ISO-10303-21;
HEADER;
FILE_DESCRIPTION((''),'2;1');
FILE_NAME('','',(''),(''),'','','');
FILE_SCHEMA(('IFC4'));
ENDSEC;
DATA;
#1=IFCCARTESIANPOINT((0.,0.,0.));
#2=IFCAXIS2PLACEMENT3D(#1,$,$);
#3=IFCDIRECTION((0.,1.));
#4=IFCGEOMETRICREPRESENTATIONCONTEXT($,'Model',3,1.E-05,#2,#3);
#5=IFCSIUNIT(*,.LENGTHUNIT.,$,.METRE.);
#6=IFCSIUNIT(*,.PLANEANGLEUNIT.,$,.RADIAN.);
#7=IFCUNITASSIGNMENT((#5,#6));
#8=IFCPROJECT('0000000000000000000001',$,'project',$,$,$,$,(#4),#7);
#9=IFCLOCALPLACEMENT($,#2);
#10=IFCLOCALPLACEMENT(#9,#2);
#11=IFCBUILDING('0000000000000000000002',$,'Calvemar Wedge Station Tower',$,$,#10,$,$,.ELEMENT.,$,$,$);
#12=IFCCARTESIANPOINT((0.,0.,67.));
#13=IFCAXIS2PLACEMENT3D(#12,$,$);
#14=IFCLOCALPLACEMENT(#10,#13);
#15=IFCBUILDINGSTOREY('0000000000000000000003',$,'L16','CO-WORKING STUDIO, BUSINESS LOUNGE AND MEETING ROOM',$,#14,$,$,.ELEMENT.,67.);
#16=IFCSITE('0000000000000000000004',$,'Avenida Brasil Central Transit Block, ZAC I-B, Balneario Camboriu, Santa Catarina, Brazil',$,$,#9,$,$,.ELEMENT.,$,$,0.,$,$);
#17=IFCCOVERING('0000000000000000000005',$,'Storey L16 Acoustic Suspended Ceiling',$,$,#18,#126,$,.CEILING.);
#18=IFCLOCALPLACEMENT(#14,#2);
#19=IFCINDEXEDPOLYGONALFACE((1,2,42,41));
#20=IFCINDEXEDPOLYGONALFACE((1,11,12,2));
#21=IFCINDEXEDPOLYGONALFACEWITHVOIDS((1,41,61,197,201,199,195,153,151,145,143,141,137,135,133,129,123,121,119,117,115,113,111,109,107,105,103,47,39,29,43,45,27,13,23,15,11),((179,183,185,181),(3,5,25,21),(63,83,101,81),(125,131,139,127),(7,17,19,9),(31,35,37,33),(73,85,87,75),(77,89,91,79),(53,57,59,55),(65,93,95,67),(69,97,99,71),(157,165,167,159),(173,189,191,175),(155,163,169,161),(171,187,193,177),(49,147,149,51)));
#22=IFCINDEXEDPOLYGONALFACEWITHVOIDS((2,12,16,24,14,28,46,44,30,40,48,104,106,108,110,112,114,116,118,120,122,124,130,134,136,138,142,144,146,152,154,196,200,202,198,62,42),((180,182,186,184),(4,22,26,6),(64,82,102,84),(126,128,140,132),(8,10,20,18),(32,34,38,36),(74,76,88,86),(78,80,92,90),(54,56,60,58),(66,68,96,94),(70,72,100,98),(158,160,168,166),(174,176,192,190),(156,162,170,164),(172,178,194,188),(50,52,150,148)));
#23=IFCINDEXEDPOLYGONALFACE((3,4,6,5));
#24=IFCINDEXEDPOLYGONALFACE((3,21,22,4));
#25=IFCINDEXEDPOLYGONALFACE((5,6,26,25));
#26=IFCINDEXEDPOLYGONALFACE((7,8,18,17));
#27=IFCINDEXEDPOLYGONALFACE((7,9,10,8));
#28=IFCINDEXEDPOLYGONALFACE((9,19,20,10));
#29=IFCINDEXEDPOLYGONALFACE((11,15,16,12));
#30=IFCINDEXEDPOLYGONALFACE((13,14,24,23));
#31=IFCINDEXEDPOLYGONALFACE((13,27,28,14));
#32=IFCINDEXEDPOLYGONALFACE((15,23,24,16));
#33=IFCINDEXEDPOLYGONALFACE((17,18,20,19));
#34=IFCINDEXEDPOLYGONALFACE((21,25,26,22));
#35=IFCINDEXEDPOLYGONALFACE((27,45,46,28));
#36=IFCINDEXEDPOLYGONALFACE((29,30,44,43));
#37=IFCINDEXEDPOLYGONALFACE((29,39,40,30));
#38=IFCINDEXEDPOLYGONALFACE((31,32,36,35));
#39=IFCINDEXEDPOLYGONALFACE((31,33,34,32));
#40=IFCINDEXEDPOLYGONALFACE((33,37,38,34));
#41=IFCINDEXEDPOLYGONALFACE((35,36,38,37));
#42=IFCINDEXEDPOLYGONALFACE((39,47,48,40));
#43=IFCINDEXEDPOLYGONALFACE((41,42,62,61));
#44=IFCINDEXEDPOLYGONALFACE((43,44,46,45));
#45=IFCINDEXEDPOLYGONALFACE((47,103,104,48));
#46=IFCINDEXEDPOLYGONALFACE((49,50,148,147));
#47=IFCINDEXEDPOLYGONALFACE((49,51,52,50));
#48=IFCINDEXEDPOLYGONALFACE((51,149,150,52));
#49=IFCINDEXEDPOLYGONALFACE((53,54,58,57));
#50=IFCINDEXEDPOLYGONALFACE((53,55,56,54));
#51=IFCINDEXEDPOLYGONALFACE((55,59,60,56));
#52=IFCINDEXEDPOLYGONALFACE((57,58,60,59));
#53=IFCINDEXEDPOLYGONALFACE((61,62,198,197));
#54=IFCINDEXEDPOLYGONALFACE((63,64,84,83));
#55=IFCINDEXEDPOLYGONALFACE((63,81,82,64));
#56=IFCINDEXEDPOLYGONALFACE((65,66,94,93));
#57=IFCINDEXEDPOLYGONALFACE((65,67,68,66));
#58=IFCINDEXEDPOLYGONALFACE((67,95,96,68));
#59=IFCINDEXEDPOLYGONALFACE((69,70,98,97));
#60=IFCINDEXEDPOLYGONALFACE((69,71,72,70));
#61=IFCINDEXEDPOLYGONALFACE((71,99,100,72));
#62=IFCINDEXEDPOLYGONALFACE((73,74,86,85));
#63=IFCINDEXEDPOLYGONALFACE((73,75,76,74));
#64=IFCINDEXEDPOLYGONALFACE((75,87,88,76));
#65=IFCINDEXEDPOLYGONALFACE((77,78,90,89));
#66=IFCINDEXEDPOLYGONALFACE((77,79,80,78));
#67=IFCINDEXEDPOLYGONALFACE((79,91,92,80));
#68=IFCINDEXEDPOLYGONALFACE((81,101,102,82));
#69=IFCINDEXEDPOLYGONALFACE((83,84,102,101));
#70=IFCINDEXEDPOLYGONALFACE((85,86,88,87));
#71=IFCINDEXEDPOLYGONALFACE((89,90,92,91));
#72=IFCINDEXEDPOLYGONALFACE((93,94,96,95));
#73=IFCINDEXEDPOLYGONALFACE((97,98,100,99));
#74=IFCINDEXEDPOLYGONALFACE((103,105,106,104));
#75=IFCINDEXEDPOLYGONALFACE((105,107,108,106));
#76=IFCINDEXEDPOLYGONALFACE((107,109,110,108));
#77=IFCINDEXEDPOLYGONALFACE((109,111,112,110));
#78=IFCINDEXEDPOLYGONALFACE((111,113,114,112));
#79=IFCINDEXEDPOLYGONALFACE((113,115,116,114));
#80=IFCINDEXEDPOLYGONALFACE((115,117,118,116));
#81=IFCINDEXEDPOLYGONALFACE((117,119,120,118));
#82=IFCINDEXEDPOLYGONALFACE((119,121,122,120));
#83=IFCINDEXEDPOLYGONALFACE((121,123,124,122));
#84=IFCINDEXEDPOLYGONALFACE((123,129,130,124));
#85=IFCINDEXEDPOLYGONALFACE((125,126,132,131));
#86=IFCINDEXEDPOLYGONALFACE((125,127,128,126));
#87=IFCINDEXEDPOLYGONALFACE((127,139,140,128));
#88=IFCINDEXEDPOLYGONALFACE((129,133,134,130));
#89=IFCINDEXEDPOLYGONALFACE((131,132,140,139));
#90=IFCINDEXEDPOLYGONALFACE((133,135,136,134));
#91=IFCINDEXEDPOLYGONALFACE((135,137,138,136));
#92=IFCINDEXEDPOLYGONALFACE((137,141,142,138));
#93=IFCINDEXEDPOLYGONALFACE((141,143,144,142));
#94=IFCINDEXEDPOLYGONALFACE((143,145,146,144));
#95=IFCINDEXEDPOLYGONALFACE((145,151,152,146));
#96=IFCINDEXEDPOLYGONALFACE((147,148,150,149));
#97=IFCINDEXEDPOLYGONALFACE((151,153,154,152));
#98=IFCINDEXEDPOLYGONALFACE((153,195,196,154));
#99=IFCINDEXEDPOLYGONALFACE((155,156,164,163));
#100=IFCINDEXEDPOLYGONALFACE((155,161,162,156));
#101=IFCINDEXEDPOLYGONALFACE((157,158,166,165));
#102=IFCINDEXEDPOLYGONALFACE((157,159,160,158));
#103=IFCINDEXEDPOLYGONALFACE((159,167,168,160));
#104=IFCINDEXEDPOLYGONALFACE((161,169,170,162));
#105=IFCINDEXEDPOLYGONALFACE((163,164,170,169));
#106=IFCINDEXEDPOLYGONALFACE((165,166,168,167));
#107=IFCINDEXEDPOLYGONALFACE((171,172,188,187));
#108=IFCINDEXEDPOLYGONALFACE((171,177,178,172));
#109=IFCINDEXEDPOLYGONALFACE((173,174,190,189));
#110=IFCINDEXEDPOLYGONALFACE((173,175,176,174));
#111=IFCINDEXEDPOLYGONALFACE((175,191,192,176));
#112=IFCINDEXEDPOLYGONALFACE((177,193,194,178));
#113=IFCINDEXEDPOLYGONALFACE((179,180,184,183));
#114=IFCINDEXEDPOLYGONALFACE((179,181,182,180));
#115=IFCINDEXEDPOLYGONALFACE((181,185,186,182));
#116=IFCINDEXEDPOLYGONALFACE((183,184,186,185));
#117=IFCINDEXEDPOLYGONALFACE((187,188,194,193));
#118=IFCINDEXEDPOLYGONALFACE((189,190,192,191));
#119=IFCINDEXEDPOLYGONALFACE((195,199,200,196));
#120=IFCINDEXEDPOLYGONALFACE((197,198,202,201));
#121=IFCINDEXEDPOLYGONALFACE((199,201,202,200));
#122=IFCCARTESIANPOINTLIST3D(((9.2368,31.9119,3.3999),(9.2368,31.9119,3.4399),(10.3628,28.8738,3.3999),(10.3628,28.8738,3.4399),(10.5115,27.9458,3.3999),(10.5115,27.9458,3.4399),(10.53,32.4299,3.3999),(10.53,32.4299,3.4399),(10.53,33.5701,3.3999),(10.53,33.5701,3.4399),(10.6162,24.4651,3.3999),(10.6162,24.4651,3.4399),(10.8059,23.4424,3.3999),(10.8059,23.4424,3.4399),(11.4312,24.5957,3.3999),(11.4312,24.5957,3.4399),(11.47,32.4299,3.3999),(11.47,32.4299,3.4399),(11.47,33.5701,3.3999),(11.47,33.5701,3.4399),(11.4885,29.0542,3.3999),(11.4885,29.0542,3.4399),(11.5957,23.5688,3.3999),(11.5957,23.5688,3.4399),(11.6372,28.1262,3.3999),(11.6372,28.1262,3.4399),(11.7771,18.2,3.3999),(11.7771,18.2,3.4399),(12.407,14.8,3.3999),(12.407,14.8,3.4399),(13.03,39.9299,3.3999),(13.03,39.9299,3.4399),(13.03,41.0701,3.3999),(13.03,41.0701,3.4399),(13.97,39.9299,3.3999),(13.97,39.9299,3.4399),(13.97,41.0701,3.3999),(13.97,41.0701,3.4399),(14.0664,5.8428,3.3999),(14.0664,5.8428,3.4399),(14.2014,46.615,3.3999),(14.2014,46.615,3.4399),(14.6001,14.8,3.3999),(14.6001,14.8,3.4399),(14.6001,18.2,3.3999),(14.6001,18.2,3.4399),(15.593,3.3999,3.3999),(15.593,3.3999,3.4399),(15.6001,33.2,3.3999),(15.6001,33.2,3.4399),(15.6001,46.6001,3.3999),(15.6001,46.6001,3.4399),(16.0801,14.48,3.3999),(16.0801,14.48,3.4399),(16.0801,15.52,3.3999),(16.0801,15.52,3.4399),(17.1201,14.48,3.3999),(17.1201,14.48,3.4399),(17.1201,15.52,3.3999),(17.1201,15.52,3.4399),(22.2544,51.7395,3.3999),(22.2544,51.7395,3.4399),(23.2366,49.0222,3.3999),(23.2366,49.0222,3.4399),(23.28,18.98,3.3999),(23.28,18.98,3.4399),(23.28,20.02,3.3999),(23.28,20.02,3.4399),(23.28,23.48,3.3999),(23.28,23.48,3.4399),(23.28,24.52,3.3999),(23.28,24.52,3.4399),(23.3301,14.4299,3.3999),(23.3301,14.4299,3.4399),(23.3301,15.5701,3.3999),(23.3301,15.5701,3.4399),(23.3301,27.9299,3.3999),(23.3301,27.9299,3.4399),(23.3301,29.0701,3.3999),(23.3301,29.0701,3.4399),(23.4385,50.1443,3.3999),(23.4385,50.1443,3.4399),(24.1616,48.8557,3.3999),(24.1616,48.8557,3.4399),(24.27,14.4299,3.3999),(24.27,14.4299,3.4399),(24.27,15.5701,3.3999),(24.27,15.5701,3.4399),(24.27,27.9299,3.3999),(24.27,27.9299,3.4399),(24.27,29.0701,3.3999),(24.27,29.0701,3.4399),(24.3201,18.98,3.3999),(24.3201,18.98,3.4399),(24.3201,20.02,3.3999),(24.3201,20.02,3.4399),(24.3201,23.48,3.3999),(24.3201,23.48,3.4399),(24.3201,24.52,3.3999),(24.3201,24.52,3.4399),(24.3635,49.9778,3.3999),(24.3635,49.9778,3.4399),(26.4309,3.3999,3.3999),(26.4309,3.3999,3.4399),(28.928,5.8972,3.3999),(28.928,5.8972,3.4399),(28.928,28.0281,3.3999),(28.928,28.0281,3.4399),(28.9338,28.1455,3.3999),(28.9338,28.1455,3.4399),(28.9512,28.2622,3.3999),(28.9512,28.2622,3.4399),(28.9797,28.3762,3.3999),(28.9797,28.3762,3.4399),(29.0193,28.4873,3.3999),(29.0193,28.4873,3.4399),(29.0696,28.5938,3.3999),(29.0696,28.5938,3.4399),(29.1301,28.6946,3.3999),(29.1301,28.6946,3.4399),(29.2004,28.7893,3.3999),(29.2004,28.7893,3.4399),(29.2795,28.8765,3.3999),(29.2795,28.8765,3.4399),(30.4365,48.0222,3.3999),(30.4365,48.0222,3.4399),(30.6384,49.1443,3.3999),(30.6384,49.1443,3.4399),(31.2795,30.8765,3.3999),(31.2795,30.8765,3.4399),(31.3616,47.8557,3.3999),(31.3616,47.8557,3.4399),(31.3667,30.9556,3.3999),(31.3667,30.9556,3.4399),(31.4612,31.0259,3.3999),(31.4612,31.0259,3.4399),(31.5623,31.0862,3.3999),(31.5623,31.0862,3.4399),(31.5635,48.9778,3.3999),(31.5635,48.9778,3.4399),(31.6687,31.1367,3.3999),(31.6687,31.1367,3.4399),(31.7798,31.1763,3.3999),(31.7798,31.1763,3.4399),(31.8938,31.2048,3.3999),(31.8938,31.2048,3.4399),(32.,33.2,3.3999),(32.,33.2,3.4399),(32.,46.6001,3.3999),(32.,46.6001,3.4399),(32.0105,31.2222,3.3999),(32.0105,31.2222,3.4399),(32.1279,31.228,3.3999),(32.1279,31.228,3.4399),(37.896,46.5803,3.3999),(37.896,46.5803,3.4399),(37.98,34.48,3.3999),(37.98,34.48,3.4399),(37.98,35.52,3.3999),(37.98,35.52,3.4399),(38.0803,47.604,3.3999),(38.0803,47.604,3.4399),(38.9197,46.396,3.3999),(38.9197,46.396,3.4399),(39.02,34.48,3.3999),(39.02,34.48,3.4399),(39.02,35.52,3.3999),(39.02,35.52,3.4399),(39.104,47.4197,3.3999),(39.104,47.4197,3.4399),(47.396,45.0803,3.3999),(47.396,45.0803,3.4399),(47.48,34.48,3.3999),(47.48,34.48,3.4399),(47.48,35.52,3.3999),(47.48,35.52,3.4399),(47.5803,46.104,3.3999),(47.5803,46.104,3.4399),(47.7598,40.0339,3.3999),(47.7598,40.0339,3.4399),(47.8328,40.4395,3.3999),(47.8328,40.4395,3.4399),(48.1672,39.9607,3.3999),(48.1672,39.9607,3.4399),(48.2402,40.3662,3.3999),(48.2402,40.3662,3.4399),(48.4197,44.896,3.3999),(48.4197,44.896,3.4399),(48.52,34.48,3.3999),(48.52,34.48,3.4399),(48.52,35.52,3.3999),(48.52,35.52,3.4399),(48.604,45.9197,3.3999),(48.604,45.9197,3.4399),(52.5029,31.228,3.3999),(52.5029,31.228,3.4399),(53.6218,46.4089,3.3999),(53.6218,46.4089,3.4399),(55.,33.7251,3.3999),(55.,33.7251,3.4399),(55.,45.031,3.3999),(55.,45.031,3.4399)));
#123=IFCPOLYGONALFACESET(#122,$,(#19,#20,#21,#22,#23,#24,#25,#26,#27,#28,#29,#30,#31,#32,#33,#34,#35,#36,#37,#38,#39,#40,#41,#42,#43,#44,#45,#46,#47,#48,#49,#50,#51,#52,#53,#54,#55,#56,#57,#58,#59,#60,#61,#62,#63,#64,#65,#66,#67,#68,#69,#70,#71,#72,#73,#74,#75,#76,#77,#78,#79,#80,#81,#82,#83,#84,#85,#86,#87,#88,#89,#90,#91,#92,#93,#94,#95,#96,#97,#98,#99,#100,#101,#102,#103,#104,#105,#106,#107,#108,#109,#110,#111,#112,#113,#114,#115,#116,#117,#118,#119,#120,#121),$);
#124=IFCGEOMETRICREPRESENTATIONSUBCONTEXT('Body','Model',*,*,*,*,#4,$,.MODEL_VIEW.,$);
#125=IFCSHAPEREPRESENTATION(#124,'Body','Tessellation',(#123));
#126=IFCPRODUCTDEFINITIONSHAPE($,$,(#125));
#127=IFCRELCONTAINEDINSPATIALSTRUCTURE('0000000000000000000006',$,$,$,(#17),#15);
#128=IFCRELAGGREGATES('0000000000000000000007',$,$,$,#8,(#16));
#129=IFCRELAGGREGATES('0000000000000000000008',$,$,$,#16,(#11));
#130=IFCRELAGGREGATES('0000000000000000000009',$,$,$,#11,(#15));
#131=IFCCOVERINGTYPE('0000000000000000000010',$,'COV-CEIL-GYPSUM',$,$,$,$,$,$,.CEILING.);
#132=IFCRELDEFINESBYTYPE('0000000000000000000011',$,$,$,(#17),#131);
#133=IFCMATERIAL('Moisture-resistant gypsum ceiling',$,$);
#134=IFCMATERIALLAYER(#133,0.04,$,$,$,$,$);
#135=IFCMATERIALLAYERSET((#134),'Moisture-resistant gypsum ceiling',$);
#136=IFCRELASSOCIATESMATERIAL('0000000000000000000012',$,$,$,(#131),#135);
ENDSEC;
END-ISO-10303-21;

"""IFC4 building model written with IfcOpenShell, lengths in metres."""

from ifc_helpers import new_model, si_unit, direction, frame, origin, place, context, subcontext, project, spatial, polyline, outline, extrude, material, layer, layer_set, type_object, element, save


model = new_model("IFC4")

# Units and contexts
model_context = context("Model", 3, precision=1e-05, world=origin(), true_north=direction((0.0, 1.0)))
body_context = subcontext(model_context, "Body", "Model", "MODEL_VIEW")
ifc_project = project(units=[si_unit("LENGTHUNIT", "METRE"), si_unit("PLANEANGLEUNIT", "RADIAN")], contexts=[model_context])

# Site, building, storey
site_placement = place(None, origin())
site = spatial("IfcSite", under=ifc_project, at=site_placement, Name="Avenida Brasil Central Transit Block, ZAC I-B, Balneario Camboriu, Santa Catarina, Brazil", CompositionType="ELEMENT", RefElevation=0.0)
building_placement = place(site_placement, origin())
building = spatial("IfcBuilding", under=site, at=building_placement, Name="Calvemar Wedge Station Tower", CompositionType="ELEMENT")
storey_placement = place(building_placement, frame((0.0, 0.0, 67.0)))
storey = spatial("IfcBuildingStorey", under=building, at=storey_placement, Name="L16", Description="CO-WORKING STUDIO, BUSINESS LOUNGE AND MEETING ROOM", CompositionType="ELEMENT", Elevation=67.0)

# Covering
ifc_material_1 = material(Name="Moisture-resistant gypsum ceiling")
ifc_layer_1 = layer(ifc_material_1, 0.04)
ifc_layer_set_1 = layer_set([ifc_layer_1], Name="Moisture-resistant gypsum ceiling")
covering_type_1 = type_object("IfcCoveringType", Name="COV-CEIL-GYPSUM", PredefinedType="CEILING", material=ifc_layer_set_1)
covering_1_placement = place(storey_placement, frame((0.0, 0.0, 3.3999)))
element("IfcCovering", 1, at=covering_1_placement, inside=storey, type_object=covering_type_1, Name="Storey L16 Acoustic Suspended Ceiling", PredefinedType="CEILING", context=body_context, shape_type="SweptSolid", body=[
    extrude(outline(polyline([(29.2795, 28.8765), (31.2795, 30.8765), (31.3667, 30.9556), (31.4612, 31.0259), (31.5623, 31.0862), (31.6687, 31.1367), (31.7798, 31.1763), (31.8938, 31.2048), (32.0105, 31.2222), (32.1279, 31.228), (52.5029, 31.228), (55.0, 33.7251), (55.0, 45.031), (53.6218, 46.4089), (22.2544, 51.7395), (14.2014, 46.615), (9.2368, 31.9119), (10.6162, 24.4651), (11.4312, 24.5957), (11.5957, 23.5688), (10.8059, 23.4424), (11.7771, 18.2), (14.6001, 18.2), (14.6001, 14.8), (12.407, 14.8), (14.0664, 5.8428), (15.593, 3.3999), (26.4309, 3.3999), (28.928, 5.8972), (28.928, 28.0281), (28.9338, 28.1455), (28.9512, 28.2622), (28.9797, 28.3762), (29.0193, 28.4873), (29.0696, 28.5938), (29.1301, 28.6946), (29.2004, 28.7893), (29.2795, 28.8765)]), holes=[polyline([(15.6001, 46.6001), (32.0, 46.6001), (32.0, 33.2), (15.6001, 33.2), (15.6001, 46.6001)]), polyline([(10.53, 32.4299), (10.53, 33.5701), (11.47, 33.5701), (11.47, 32.4299), (10.53, 32.4299)]), polyline([(13.03, 41.0701), (13.97, 41.0701), (13.97, 39.9299), (13.03, 39.9299), (13.03, 41.0701)]), polyline([(24.3635, 49.9778), (24.1616, 48.8557), (23.2366, 49.0222), (23.4385, 50.1443), (24.3635, 49.9778)]), polyline([(31.3616, 47.8557), (30.4365, 48.0222), (30.6384, 49.1443), (31.5635, 48.9778), (31.3616, 47.8557)]), polyline([(37.896, 46.5803), (38.0803, 47.604), (39.104, 47.4197), (38.9197, 46.396), (37.896, 46.5803)]), polyline([(47.5803, 46.104), (48.604, 45.9197), (48.4197, 44.896), (47.396, 45.0803), (47.5803, 46.104)]), polyline([(39.02, 35.52), (39.02, 34.48), (37.98, 34.48), (37.98, 35.52), (39.02, 35.52)]), polyline([(48.52, 34.48), (47.48, 34.48), (47.48, 35.52), (48.52, 35.52), (48.52, 34.48)]), polyline([(47.7598, 40.0339), (47.8328, 40.4395), (48.2402, 40.3662), (48.1672, 39.9607), (47.7598, 40.0339)]), polyline([(11.4885, 29.0542), (11.6372, 28.1262), (10.5115, 27.9458), (10.3628, 28.8738), (11.4885, 29.0542)]), polyline([(24.27, 27.9299), (23.3301, 27.9299), (23.3301, 29.0701), (24.27, 29.0701), (24.27, 27.9299)]), polyline([(23.28, 23.48), (23.28, 24.52), (24.3201, 24.52), (24.3201, 23.48), (23.28, 23.48)]), polyline([(23.28, 20.02), (24.3201, 20.02), (24.3201, 18.98), (23.28, 18.98), (23.28, 20.02)]), polyline([(24.27, 15.5701), (24.27, 14.4299), (23.3301, 14.4299), (23.3301, 15.5701), (24.27, 15.5701)]), polyline([(17.1201, 14.48), (16.0801, 14.48), (16.0801, 15.52), (17.1201, 15.52), (17.1201, 14.48)])]), origin(), (0.0, 0.0, 1.0), 0.04),
])

save(model, "model.ifc")
